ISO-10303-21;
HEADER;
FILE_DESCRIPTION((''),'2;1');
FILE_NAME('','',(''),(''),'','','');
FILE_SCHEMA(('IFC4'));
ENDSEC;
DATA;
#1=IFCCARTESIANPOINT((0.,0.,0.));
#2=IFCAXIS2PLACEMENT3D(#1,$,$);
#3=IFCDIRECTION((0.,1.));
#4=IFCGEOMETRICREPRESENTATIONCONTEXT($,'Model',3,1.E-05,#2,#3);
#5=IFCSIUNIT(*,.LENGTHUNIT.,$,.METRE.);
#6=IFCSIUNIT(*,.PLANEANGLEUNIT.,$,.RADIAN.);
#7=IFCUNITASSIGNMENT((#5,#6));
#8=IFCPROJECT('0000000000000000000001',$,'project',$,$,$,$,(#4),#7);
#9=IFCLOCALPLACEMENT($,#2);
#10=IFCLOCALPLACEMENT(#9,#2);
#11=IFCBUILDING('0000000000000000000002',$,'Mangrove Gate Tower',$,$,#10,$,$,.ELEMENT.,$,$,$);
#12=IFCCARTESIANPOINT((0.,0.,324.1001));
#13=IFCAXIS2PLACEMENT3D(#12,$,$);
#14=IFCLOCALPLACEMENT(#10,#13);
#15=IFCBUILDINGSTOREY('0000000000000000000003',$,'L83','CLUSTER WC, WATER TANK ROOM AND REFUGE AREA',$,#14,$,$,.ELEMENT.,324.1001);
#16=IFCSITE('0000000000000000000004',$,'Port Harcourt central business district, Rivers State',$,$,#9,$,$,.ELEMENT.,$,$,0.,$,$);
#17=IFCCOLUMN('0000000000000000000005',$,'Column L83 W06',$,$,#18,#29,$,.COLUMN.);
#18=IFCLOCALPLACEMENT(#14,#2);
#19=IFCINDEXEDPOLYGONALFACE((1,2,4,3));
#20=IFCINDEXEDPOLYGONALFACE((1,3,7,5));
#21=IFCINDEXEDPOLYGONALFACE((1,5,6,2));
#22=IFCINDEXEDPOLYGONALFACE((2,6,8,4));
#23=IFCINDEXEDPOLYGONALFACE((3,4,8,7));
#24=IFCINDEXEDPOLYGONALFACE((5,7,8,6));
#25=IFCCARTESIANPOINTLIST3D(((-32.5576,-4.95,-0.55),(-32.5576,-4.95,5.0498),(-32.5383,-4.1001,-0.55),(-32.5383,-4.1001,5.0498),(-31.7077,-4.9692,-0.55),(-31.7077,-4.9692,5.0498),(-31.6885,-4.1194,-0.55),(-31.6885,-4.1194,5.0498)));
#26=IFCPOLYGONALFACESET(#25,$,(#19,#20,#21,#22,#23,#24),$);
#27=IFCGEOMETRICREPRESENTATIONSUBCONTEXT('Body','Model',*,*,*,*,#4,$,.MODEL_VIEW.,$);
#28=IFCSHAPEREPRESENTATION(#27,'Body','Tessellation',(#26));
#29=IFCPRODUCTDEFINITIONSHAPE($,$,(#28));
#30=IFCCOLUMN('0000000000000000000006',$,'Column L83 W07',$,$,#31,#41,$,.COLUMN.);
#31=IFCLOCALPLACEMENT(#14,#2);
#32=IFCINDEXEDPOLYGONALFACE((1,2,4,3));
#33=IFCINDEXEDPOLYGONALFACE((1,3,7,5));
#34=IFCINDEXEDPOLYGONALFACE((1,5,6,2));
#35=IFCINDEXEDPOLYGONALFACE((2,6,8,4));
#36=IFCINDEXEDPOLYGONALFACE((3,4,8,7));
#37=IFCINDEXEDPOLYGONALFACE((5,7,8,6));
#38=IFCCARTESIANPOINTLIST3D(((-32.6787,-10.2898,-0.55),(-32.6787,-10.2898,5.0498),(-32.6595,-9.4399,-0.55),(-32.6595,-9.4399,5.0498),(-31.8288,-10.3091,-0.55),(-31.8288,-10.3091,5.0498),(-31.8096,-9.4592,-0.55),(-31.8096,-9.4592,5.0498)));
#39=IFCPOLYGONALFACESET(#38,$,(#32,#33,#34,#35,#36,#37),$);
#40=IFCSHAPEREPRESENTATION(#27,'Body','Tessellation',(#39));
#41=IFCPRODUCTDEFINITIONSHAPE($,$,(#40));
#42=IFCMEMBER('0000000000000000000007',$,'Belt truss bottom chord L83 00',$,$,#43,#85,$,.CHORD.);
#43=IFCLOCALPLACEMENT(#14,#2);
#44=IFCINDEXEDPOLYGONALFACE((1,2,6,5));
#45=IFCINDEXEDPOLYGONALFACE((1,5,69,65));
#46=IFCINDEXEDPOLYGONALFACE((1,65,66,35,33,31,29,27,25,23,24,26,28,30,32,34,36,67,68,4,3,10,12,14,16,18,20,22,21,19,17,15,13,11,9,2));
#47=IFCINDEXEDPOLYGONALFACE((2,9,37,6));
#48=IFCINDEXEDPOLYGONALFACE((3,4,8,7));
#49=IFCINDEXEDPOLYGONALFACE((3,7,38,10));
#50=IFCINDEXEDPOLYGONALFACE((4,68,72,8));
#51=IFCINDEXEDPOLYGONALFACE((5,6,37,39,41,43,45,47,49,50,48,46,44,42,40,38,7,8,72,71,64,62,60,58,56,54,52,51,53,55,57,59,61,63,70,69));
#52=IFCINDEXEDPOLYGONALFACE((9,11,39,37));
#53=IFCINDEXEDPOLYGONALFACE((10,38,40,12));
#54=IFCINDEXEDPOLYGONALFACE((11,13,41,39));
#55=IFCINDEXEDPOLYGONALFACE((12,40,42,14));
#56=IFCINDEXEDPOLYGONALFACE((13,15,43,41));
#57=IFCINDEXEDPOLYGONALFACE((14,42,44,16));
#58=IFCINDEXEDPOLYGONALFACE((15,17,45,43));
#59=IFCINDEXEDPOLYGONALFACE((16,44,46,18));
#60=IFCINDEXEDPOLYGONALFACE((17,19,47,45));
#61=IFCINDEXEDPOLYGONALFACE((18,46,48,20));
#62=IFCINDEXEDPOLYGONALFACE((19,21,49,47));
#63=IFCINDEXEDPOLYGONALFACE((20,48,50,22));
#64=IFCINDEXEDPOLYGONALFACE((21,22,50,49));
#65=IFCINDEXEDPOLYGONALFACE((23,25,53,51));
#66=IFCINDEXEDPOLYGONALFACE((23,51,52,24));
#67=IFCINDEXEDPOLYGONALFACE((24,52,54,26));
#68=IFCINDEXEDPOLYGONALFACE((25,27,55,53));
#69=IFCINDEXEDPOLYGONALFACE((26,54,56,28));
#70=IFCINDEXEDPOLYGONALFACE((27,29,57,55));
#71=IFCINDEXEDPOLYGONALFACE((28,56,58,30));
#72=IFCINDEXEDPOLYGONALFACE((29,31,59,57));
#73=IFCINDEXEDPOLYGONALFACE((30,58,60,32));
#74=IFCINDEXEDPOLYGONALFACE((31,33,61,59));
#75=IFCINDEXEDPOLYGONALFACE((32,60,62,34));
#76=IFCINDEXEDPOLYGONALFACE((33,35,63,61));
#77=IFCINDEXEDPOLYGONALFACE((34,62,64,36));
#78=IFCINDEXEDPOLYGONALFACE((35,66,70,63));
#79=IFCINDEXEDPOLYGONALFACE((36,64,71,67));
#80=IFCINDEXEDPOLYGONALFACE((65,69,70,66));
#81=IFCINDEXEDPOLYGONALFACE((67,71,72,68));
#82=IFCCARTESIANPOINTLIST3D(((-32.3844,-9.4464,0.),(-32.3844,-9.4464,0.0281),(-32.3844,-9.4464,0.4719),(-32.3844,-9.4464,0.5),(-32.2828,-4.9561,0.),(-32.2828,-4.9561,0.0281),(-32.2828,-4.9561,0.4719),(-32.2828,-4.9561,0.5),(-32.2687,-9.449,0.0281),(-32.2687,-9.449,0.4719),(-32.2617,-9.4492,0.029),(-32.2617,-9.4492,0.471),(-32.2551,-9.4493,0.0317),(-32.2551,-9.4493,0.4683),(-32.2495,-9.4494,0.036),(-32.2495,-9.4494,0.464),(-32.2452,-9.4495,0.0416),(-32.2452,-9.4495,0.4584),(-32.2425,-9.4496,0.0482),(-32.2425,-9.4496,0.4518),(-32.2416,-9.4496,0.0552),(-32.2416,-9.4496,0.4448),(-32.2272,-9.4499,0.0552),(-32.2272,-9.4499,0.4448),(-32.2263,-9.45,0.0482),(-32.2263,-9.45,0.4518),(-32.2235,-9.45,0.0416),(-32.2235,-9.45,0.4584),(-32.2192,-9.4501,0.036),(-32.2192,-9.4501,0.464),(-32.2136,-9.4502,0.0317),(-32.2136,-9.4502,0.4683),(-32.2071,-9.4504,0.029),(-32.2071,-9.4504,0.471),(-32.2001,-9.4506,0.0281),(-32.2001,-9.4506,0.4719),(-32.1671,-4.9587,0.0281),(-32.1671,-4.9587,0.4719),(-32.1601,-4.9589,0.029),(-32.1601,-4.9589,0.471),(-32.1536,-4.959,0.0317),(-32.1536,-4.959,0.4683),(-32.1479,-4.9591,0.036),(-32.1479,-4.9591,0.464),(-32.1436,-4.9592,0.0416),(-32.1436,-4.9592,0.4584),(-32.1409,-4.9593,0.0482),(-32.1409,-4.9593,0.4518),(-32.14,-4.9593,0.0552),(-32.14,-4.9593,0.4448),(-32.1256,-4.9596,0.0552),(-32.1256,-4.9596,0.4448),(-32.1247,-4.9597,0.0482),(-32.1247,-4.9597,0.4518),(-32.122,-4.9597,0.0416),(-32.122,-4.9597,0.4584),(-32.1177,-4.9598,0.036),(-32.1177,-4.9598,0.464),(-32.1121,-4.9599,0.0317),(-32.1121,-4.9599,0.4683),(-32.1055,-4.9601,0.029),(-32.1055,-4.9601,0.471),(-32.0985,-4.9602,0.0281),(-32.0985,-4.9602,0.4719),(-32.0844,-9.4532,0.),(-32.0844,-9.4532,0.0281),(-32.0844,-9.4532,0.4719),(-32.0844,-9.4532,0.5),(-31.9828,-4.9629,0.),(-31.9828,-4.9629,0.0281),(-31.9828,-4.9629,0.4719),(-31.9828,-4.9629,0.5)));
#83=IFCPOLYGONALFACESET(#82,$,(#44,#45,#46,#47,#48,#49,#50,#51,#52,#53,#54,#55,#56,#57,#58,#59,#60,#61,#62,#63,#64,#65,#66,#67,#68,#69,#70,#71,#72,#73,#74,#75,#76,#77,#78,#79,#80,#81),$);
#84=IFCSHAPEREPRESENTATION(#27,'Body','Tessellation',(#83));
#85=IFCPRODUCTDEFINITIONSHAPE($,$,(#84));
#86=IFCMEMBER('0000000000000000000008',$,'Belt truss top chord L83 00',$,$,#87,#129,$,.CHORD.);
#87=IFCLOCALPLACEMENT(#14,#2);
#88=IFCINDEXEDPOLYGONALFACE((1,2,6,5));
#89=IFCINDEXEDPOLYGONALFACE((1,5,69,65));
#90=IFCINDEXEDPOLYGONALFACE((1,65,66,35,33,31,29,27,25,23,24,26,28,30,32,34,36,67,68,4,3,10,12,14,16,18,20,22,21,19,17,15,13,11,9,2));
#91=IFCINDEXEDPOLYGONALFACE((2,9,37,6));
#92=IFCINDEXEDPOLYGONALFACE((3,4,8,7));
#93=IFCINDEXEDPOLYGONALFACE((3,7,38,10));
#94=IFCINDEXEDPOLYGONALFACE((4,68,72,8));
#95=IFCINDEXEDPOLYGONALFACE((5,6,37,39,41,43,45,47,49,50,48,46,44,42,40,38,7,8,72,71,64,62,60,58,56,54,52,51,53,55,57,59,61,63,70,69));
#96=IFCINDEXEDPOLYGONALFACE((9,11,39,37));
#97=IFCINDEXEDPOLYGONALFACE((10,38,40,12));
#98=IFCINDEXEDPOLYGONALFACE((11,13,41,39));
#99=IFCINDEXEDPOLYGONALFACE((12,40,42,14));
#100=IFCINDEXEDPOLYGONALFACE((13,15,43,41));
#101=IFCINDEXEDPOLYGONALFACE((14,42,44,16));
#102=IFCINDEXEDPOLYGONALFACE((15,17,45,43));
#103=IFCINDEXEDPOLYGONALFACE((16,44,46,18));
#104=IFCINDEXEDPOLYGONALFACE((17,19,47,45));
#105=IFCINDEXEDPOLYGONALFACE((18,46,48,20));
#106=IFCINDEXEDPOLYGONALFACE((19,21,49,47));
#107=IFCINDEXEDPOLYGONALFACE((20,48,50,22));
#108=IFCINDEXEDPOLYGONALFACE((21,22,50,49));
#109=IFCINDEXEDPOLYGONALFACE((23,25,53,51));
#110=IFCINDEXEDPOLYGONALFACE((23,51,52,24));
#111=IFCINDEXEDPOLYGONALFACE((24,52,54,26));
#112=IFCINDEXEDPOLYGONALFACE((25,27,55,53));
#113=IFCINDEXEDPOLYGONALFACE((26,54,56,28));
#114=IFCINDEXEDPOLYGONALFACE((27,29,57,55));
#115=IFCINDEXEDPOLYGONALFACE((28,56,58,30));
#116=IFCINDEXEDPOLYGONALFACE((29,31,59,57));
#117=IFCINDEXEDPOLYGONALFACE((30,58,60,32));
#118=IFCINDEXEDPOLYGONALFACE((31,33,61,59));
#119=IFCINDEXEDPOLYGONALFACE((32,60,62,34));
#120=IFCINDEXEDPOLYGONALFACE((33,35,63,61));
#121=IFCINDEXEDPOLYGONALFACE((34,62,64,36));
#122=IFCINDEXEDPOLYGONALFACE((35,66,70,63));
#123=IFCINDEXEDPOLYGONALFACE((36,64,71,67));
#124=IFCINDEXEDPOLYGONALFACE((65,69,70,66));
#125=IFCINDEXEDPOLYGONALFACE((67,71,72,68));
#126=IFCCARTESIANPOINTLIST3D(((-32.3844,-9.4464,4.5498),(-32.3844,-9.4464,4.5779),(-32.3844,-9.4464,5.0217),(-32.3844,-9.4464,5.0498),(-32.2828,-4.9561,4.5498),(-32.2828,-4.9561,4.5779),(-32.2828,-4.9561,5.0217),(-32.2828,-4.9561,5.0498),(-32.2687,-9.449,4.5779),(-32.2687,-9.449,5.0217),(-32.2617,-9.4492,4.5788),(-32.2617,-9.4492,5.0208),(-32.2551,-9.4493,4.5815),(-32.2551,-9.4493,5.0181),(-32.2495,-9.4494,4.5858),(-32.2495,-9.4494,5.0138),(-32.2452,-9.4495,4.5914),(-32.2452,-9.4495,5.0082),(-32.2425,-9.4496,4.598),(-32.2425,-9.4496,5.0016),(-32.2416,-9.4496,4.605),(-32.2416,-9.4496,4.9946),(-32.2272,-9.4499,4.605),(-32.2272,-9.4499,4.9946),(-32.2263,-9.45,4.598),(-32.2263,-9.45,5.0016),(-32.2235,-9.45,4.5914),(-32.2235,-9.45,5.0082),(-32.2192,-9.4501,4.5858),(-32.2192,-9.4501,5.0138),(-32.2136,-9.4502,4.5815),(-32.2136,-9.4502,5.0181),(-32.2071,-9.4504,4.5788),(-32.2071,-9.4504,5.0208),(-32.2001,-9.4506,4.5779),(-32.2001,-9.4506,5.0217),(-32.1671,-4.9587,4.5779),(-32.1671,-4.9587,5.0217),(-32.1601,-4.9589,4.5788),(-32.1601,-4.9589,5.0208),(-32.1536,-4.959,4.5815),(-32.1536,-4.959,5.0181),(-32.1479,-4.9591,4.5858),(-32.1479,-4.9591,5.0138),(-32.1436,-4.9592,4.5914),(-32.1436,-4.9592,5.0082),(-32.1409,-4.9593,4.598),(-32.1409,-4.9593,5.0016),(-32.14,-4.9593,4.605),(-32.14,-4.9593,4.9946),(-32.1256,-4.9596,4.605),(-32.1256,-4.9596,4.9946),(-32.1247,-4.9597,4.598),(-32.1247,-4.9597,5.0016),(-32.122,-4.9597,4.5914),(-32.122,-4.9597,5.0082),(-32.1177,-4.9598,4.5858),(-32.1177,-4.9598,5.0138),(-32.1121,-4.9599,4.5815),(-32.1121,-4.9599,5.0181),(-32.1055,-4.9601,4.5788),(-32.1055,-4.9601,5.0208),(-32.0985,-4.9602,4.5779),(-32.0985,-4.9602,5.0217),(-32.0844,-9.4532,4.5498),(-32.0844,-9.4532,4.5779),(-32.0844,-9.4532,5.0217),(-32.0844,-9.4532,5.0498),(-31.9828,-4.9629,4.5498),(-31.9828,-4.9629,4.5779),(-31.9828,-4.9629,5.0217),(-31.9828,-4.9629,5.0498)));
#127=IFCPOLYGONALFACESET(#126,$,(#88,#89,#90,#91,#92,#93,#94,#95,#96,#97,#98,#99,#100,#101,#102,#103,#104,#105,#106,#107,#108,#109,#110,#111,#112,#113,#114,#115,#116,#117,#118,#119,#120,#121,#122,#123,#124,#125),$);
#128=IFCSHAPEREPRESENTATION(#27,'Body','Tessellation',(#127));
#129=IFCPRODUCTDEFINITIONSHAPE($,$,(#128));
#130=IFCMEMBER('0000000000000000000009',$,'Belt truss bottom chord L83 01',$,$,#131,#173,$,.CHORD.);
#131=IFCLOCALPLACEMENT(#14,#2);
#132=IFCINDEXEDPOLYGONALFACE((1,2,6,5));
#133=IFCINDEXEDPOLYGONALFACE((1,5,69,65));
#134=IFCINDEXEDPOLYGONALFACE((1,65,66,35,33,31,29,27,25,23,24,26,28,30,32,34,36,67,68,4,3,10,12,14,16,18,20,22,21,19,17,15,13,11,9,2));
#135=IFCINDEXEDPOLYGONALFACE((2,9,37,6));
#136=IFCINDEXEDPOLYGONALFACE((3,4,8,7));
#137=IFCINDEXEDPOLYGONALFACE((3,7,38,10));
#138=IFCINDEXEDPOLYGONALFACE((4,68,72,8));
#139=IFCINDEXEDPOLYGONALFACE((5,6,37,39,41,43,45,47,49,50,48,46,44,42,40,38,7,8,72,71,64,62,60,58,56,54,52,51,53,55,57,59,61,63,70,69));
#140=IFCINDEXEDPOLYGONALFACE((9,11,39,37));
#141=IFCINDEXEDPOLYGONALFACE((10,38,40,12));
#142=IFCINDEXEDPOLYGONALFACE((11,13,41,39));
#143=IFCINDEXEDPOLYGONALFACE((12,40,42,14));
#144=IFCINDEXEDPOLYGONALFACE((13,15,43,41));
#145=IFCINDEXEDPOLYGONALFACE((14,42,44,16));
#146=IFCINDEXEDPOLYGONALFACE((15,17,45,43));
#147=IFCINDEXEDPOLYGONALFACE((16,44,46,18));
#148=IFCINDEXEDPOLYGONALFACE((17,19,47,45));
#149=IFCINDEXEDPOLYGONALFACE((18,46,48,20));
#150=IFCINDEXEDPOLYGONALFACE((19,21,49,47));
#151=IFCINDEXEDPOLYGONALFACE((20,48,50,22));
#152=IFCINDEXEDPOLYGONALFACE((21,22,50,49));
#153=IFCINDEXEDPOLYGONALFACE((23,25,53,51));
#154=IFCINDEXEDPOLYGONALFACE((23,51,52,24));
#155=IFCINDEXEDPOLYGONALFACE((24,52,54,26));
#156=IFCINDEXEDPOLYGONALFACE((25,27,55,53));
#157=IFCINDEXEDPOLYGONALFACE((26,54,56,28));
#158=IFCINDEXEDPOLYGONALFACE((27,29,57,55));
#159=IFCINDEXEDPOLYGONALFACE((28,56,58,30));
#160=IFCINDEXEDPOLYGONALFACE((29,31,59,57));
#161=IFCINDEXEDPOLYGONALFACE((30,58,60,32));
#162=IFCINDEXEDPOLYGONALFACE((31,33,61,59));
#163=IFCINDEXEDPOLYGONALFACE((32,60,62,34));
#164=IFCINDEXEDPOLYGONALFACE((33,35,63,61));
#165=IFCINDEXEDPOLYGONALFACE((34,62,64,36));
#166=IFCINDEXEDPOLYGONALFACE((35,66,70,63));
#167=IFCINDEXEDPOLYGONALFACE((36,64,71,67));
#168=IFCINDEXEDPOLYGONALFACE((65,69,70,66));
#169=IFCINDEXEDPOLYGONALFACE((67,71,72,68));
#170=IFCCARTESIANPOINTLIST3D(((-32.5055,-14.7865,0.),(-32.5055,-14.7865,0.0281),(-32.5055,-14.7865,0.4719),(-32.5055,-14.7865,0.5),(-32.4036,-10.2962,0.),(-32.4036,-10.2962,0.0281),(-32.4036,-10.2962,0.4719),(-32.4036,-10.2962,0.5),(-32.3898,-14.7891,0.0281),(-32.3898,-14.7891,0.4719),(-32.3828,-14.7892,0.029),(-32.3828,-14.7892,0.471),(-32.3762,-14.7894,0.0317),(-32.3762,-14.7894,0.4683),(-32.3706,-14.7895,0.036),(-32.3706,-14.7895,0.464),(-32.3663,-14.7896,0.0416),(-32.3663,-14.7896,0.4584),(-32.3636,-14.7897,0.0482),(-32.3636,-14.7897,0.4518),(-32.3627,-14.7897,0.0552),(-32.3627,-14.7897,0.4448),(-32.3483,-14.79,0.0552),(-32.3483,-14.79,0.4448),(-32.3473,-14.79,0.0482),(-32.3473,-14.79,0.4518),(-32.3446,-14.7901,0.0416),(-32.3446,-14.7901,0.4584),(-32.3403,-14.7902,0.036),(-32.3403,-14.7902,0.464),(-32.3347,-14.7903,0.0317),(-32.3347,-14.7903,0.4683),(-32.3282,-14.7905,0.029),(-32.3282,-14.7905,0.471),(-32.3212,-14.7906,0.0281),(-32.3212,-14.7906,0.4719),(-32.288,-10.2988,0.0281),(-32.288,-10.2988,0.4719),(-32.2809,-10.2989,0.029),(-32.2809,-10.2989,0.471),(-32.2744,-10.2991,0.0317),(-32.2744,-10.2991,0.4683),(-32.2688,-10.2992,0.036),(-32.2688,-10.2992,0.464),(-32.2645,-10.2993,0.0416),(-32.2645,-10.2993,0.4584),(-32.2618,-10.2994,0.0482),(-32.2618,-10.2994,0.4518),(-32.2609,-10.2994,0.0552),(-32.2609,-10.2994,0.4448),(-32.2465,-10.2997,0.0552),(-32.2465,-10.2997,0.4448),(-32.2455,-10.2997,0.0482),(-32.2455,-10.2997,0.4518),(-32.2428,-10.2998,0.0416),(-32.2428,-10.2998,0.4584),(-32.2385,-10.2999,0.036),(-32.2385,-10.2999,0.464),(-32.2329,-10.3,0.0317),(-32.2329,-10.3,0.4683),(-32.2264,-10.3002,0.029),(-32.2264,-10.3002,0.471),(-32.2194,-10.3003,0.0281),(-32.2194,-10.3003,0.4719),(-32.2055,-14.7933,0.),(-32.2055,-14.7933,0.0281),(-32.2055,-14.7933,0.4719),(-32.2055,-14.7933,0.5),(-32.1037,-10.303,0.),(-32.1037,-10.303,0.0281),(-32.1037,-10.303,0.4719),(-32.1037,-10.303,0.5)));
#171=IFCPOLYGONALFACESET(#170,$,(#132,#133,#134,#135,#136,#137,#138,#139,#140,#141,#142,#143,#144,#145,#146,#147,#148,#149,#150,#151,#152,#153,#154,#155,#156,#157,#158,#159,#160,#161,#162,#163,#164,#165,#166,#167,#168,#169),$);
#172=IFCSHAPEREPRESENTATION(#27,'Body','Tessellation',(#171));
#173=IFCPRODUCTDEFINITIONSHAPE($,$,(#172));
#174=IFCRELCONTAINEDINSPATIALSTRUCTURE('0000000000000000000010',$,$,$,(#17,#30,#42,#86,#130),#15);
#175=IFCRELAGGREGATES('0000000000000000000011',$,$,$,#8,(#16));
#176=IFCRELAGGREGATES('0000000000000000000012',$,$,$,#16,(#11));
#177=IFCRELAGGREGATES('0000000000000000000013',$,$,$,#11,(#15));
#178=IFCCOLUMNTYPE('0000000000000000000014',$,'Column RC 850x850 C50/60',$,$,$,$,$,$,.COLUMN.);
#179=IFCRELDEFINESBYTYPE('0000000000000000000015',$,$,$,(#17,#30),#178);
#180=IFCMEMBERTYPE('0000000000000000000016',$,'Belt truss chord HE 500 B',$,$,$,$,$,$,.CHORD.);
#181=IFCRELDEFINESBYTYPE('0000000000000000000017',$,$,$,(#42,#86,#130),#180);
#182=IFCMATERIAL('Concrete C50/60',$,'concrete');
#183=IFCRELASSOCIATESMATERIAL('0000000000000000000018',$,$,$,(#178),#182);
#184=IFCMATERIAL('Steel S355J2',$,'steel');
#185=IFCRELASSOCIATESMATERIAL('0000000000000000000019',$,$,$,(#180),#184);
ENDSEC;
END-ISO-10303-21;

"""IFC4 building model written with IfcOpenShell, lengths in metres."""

from ifc_helpers import new_model, si_unit, direction, frame, origin, origin_2d, place, context, subcontext, project, spatial, rectangle, i_section, extrude, material, material_profile, profile_set, type_object, element, save


model = new_model("IFC4")

# Units and contexts
model_context = context("Model", 3, precision=1e-05, world=origin(), true_north=direction((0.0, 1.0)))
body_context = subcontext(model_context, "Body", "Model", "MODEL_VIEW")
ifc_project = project(units=[si_unit("LENGTHUNIT", "METRE"), si_unit("PLANEANGLEUNIT", "RADIAN")], contexts=[model_context])

# Site, building, storey
site_placement = place(None, origin())
site = spatial("IfcSite", under=ifc_project, at=site_placement, Name="Port Harcourt central business district, Rivers State", CompositionType="ELEMENT", RefElevation=0.0)
building_placement = place(site_placement, origin())
building = spatial("IfcBuilding", under=site, at=building_placement, Name="Mangrove Gate Tower", CompositionType="ELEMENT")
storey_placement = place(building_placement, frame((0.0, 0.0, 324.1001)))
storey = spatial("IfcBuildingStorey", under=building, at=storey_placement, Name="L83", Description="CLUSTER WC, WATER TANK ROOM AND REFUGE AREA", CompositionType="ELEMENT", Elevation=324.1001)

# Columns
ifc_material_1 = material(Name="Concrete C50/60", Category="concrete")
ifc_material_profile_1 = material_profile(ifc_material_1, rectangle(XDim=0.8501, YDim=0.8501, at=origin_2d()))
ifc_profile_set_1 = profile_set([ifc_material_profile_1], Name="Concrete C50/60")
column_type = type_object("IfcColumnType", Name="Column RC 850x850 C50/60", PredefinedType="COLUMN", material=ifc_profile_set_1)
for number, where, z_axis, x_axis, name in (
    (1, (-32.123, -4.5347, -0.55), (0.0, 0.0, 1.0), (-0.02268, -0.999743, 0.0), "Column L83 W06"),
    (2, (-32.2441, -9.8745, -0.55), (0.0, 0.0, 1.0), (-0.022653, -0.999743, 0.0), "Column L83 W07"),
):
    element("IfcColumn", number, at=place(storey_placement, frame(where, z_axis=z_axis, x_axis=x_axis)), inside=storey, type_object=column_type, Name=name, PredefinedType="COLUMN", context=body_context, shape_type="SweptSolid", body=[
        extrude(rectangle(XDim=0.8501, YDim=0.8501, at=origin_2d()), origin(), (0.0, 0.0, 1.0), 5.5999),
    ])

# Members
ifc_material_2 = material(Name="Steel S355J2", Category="steel")
ifc_material_profile_2 = material_profile(ifc_material_2, i_section(OverallWidth=0.3, OverallDepth=0.5, WebThickness=0.0144, FlangeThickness=0.0281, FilletRadius=0.0271, at=origin_2d()))
ifc_profile_set_2 = profile_set([ifc_material_profile_2], Name="Steel S355J2")
member_type_1 = type_object("IfcMemberType", Name="Belt truss chord HE 500 B", PredefinedType="CHORD", material=ifc_profile_set_2)
for number, where, z_axis, x_axis, name in (
    (3, (-32.1328, -4.9595, 0.25), (-0.022613, -0.999744, 0.0), (0.999744, -0.022613, 0.0), "Belt truss bottom chord L83 00"),
    (4, (-32.1328, -4.9595, 4.7998), (-0.022613, -0.999744, 0.0), (0.999744, -0.022613, 0.0), "Belt truss top chord L83 00"),
    (5, (-32.2537, -10.2996, 0.25), (-0.022667, -0.999743, 0.0), (0.999743, -0.022667, 0.0), "Belt truss bottom chord L83 01"),
):
    element("IfcMember", number, at=place(storey_placement, frame(where, z_axis=z_axis, x_axis=x_axis)), inside=storey, type_object=member_type_1, Name=name, PredefinedType="CHORD", context=body_context, shape_type="SweptSolid", body=[
        extrude(i_section(OverallWidth=0.3, OverallDepth=0.5, WebThickness=0.0144, FlangeThickness=0.0281, FilletRadius=0.0271, at=origin_2d()), origin(), (0.0, 0.0, 1.0), 4.4915),
    ])

save(model, "model.ifc")
